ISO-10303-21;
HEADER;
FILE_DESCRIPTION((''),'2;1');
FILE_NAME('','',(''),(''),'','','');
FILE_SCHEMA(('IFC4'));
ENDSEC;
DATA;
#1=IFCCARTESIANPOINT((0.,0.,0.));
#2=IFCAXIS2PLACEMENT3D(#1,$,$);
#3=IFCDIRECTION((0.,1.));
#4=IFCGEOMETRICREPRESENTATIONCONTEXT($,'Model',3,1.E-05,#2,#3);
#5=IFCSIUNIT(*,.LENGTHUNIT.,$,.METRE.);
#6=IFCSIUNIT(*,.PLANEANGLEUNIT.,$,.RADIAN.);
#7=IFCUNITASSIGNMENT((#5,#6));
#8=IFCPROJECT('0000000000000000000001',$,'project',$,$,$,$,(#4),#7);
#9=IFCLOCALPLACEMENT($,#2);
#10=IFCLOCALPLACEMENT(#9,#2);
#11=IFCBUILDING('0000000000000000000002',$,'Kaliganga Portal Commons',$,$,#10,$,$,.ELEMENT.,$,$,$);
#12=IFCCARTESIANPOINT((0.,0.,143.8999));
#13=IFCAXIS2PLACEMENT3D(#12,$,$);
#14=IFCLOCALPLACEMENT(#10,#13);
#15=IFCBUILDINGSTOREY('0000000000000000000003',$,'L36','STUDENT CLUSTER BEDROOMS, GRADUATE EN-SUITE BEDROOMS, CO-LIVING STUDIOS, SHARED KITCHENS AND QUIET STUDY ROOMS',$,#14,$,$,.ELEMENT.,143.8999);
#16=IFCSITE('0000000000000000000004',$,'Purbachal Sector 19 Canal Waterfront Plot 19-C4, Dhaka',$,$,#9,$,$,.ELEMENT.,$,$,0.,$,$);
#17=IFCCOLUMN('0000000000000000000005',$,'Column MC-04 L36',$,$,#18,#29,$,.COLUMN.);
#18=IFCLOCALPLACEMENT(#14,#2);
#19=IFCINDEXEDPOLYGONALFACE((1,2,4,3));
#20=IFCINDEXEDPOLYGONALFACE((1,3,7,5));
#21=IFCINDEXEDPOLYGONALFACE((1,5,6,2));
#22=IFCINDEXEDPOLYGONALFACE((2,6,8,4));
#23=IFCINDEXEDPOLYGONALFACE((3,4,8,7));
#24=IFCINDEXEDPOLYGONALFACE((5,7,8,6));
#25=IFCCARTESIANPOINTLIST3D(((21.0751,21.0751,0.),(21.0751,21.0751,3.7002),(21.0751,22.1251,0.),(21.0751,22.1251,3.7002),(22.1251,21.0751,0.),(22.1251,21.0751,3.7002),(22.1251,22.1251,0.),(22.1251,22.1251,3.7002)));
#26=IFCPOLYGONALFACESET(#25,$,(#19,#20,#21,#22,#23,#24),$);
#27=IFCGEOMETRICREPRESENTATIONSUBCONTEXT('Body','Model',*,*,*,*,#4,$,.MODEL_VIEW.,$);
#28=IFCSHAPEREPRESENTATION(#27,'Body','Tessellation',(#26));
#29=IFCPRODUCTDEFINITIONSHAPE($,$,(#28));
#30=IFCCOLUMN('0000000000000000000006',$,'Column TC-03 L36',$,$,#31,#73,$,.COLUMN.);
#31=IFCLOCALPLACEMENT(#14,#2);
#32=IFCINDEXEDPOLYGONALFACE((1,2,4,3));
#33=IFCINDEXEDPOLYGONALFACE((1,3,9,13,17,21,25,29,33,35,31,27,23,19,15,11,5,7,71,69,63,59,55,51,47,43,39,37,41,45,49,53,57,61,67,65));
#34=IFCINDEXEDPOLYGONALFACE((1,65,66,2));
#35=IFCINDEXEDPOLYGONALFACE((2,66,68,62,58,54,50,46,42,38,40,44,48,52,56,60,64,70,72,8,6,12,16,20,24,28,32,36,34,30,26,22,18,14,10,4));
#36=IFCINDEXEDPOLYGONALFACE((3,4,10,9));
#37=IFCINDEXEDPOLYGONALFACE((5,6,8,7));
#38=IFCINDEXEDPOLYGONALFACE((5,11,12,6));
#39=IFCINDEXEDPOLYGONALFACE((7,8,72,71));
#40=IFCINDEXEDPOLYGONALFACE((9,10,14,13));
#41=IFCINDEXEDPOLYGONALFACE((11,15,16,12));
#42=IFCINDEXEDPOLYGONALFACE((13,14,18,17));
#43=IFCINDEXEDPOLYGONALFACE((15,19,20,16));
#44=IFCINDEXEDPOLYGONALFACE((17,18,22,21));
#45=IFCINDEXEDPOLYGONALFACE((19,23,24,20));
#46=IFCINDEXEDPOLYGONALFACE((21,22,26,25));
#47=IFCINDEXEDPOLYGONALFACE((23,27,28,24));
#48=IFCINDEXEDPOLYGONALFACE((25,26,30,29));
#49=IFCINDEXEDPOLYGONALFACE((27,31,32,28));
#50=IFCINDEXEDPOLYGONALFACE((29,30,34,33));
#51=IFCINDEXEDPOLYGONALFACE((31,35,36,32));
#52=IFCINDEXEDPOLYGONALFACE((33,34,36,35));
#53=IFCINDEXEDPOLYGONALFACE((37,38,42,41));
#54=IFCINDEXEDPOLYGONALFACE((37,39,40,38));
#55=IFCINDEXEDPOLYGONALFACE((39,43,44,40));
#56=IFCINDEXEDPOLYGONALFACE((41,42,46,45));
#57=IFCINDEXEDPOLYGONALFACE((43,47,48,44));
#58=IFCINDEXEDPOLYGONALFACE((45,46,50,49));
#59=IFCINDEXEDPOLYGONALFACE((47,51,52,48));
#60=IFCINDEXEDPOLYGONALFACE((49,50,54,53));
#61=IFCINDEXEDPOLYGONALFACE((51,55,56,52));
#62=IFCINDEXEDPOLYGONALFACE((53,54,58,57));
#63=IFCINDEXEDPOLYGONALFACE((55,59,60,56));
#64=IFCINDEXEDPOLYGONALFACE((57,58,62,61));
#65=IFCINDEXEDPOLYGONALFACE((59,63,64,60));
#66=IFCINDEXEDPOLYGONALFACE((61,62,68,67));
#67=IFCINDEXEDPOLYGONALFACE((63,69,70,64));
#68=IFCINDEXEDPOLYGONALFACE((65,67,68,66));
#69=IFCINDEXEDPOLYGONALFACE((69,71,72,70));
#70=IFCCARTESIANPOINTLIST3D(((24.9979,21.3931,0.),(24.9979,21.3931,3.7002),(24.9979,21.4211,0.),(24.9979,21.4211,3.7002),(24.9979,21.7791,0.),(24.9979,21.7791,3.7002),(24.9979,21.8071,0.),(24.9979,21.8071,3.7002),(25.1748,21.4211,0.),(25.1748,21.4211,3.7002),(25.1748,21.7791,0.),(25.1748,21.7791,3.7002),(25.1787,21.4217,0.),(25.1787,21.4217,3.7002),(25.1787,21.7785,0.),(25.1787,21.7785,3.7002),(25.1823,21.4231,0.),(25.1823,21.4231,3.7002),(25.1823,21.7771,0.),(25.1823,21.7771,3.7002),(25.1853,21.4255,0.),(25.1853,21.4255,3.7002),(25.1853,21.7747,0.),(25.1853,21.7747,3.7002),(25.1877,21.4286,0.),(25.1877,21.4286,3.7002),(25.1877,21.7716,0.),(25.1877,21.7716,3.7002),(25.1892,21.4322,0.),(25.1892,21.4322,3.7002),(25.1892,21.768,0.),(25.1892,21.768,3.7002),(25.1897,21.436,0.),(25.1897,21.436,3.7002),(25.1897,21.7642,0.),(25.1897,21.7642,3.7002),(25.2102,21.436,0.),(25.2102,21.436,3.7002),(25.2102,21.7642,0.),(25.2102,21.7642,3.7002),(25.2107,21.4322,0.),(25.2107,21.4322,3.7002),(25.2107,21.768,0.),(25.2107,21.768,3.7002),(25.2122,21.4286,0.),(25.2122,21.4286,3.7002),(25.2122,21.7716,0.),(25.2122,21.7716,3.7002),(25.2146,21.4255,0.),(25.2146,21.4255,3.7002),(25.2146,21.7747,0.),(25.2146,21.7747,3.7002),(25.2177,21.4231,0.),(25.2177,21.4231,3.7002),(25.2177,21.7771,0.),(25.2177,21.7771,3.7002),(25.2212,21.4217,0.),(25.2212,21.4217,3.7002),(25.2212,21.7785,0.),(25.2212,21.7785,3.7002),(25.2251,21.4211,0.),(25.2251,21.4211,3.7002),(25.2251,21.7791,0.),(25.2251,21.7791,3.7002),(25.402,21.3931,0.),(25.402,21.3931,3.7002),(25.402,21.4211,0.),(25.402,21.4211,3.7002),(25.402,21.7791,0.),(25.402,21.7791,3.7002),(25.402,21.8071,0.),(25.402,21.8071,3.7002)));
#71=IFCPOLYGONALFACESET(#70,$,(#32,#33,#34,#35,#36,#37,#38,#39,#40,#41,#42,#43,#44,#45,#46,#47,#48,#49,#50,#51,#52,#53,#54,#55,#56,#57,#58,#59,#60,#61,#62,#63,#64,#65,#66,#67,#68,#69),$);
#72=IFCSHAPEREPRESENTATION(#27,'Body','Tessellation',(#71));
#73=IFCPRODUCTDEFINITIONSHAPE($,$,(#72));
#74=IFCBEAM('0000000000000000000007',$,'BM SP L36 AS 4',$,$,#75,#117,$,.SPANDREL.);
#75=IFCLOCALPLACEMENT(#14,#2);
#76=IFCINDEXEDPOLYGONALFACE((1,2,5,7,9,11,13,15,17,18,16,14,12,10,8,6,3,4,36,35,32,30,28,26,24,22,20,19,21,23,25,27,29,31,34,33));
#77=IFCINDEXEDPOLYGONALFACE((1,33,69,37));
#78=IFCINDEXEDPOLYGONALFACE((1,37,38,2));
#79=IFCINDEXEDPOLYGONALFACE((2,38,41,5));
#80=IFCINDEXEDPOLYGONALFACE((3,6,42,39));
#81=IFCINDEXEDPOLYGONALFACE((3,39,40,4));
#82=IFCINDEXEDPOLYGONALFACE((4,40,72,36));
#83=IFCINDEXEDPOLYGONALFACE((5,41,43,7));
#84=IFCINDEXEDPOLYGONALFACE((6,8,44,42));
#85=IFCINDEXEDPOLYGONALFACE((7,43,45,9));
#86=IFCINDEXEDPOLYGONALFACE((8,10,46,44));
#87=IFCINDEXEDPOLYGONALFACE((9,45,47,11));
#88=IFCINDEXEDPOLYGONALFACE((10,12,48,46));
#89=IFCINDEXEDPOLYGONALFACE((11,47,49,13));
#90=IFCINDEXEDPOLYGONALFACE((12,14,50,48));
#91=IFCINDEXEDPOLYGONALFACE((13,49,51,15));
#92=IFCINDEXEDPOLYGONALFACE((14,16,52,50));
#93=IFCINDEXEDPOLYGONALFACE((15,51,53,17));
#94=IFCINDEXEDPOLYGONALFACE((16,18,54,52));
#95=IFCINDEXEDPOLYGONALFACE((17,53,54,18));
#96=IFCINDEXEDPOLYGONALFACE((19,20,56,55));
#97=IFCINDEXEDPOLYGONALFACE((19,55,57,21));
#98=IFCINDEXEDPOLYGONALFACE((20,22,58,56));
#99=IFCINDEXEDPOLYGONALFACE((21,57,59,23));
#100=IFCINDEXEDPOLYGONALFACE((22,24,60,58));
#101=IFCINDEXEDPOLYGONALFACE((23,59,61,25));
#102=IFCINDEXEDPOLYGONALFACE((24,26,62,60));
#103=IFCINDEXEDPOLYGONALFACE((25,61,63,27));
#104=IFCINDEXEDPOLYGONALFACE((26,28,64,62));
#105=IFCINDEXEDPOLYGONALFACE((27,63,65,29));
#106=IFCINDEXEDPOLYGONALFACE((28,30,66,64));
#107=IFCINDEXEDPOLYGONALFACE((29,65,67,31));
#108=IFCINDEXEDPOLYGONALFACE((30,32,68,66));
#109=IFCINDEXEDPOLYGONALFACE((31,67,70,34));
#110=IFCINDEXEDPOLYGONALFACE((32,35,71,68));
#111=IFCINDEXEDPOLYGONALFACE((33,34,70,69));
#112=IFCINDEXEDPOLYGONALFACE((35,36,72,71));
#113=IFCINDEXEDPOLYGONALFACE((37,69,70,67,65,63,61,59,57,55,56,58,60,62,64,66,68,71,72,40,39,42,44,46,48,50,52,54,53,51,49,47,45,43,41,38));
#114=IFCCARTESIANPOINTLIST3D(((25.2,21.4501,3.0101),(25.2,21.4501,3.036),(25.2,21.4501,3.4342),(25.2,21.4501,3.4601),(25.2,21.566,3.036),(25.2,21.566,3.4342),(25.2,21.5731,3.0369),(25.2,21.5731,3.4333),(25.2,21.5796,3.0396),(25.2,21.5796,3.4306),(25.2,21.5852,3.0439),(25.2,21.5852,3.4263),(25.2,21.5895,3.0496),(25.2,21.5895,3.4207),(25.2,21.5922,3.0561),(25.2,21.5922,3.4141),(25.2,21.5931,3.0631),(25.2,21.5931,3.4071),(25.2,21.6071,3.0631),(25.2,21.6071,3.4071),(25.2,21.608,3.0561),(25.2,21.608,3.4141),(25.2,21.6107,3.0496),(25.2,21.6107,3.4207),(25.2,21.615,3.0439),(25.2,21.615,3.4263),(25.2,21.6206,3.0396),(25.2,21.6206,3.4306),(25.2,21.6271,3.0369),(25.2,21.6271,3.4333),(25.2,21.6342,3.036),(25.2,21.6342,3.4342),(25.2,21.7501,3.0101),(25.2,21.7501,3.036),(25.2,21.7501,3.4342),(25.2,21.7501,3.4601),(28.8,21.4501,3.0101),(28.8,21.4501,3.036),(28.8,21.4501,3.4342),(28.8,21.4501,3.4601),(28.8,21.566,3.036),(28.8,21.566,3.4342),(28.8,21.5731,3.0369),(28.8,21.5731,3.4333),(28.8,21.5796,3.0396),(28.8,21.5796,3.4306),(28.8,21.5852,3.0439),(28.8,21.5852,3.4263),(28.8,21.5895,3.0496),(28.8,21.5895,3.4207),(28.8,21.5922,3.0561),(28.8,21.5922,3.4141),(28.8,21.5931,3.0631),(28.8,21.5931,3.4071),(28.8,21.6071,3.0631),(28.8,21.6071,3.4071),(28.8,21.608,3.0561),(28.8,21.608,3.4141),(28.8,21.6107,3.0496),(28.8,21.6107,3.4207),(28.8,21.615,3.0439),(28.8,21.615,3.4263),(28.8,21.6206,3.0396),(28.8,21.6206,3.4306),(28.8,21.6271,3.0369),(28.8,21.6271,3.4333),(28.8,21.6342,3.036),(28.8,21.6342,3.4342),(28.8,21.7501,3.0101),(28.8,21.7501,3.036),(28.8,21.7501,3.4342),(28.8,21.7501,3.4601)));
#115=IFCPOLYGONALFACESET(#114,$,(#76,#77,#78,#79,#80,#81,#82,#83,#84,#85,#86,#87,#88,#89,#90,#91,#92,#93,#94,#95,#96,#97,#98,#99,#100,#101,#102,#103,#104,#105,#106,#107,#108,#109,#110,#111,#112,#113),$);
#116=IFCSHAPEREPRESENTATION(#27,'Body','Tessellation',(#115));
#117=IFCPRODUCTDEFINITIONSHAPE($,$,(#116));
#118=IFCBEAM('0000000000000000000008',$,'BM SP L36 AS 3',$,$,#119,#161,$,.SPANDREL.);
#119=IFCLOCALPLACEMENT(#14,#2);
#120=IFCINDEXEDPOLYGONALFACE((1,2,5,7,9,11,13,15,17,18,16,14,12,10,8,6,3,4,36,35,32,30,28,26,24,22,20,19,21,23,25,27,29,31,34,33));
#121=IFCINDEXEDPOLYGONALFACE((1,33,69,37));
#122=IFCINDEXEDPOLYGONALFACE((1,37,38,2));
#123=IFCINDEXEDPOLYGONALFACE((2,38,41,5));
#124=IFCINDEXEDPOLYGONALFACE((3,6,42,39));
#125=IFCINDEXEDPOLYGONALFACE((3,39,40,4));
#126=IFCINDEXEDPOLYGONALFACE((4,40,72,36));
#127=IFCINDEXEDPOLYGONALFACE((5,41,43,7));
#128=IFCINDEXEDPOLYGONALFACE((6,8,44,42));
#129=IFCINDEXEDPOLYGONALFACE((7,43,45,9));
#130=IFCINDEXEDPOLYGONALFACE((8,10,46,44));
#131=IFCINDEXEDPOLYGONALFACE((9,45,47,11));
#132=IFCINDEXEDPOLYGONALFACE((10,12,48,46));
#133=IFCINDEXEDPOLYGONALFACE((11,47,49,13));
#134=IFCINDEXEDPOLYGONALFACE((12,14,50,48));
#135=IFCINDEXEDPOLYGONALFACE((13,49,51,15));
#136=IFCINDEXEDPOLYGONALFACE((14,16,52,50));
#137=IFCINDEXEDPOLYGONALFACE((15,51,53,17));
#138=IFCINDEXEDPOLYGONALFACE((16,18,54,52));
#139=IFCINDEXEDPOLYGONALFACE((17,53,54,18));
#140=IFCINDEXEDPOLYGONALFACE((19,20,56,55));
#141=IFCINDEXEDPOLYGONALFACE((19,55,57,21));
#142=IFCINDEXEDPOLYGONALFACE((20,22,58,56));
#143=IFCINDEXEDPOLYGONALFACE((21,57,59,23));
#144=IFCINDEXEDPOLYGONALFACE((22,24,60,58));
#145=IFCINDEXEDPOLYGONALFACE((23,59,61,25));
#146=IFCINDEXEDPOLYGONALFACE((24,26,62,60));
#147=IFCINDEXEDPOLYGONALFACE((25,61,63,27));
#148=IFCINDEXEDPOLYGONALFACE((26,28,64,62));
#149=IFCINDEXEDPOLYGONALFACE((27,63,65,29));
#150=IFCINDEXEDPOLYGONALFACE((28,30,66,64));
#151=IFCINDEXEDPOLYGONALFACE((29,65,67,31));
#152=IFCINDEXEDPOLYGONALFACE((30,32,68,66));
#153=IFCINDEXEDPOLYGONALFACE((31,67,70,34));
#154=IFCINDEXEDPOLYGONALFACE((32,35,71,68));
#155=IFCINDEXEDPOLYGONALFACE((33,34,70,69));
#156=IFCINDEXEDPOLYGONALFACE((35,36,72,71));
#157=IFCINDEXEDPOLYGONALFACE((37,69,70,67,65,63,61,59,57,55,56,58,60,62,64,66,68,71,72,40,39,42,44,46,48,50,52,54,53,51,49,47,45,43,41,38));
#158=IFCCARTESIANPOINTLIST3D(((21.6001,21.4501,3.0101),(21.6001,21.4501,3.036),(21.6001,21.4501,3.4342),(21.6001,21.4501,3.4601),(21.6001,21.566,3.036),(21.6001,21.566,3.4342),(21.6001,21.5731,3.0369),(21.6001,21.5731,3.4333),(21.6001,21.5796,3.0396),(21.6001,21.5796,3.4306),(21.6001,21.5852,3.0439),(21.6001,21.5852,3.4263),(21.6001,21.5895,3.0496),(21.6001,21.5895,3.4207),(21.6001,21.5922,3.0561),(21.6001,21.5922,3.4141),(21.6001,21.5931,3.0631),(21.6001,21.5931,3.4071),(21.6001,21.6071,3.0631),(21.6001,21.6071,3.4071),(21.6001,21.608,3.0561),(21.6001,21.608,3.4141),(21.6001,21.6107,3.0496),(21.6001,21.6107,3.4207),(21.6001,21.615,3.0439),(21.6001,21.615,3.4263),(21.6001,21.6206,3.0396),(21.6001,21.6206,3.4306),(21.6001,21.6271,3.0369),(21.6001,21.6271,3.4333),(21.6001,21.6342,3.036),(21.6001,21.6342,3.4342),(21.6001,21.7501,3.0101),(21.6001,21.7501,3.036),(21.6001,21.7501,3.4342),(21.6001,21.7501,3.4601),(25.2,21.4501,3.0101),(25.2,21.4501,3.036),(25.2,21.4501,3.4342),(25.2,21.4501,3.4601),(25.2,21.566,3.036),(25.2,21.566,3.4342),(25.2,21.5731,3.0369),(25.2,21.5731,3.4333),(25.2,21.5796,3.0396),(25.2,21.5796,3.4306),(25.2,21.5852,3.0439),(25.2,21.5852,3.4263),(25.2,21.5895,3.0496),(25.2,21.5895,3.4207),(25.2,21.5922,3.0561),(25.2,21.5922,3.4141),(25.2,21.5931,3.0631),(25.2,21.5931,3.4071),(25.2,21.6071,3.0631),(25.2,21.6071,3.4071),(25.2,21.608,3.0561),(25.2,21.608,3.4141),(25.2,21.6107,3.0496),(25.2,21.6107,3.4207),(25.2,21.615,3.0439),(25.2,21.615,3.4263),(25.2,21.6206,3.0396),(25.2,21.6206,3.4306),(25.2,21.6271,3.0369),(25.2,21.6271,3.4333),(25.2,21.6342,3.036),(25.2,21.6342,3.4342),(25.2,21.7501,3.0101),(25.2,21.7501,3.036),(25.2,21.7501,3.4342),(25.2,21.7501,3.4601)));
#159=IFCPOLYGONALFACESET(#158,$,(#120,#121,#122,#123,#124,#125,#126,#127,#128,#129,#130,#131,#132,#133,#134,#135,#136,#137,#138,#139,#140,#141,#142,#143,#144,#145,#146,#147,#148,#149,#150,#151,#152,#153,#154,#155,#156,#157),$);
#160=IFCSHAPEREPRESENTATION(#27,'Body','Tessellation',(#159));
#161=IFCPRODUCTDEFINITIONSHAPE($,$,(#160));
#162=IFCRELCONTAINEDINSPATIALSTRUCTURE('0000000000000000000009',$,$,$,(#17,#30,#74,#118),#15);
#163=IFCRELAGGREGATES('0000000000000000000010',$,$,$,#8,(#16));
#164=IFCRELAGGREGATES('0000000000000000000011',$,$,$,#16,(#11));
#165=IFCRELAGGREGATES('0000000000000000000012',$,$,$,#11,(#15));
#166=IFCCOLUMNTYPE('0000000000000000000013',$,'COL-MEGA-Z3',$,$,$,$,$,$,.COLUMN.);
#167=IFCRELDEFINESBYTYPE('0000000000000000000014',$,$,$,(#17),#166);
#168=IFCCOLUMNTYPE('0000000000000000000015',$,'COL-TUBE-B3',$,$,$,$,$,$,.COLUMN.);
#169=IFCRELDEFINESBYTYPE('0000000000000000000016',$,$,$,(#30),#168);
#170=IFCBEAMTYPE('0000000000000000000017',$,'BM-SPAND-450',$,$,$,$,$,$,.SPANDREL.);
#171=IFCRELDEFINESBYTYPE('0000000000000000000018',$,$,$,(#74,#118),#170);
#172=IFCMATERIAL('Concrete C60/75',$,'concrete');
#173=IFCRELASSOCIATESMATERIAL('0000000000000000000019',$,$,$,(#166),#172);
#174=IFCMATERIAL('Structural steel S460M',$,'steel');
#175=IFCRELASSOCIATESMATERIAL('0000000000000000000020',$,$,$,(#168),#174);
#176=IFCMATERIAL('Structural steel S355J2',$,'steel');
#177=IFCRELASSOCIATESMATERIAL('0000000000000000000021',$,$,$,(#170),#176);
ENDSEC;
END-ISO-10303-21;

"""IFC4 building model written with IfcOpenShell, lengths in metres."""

from ifc_helpers import new_model, si_unit, direction, frame, origin, origin_2d, place, context, subcontext, project, spatial, rectangle, i_section, extrude, source, transform, mapped, material, material_profile, profile_set, type_object, element, save


model = new_model("IFC4")

# Units and contexts
model_context = context("Model", 3, precision=1e-05, world=origin(), true_north=direction((0.0, 1.0)))
body_context = subcontext(model_context, "Body", "Model", "MODEL_VIEW")
ifc_project = project(units=[si_unit("LENGTHUNIT", "METRE"), si_unit("PLANEANGLEUNIT", "RADIAN")], contexts=[model_context])

# Site, building, storey
site_placement = place(None, origin())
site = spatial("IfcSite", under=ifc_project, at=site_placement, Name="Purbachal Sector 19 Canal Waterfront Plot 19-C4, Dhaka", CompositionType="ELEMENT", RefElevation=0.0)
building_placement = place(site_placement, origin())
building = spatial("IfcBuilding", under=site, at=building_placement, Name="Kaliganga Portal Commons", CompositionType="ELEMENT")
storey_placement = place(building_placement, frame((0.0, 0.0, 143.8999)))
storey = spatial("IfcBuildingStorey", under=building, at=storey_placement, Name="L36", Description="STUDENT CLUSTER BEDROOMS, GRADUATE EN-SUITE BEDROOMS, CO-LIVING STUDIOS, SHARED KITCHENS AND QUIET STUDY ROOMS", CompositionType="ELEMENT", Elevation=143.8999)

# Columns
ifc_material_1 = material(Name="Concrete C60/75", Category="concrete")
ifc_material_profile_1 = material_profile(ifc_material_1, rectangle(XDim=1.05, YDim=1.05, at=origin_2d()), Name="RC 1050x1050")
ifc_profile_set_1 = profile_set([ifc_material_profile_1], Name="Concrete C60/75")
column_type_1 = type_object("IfcColumnType", Name="COL-MEGA-Z3", PredefinedType="COLUMN", material=ifc_profile_set_1)
shared_shape_1 = source(origin(), body_context, "Body", "SweptSolid", [
    extrude(rectangle(XDim=1.05, YDim=1.05, at=origin_2d()), origin(), (0.0, 0.0, 1.0), 3.7002),
])
column_1_placement = place(storey_placement, frame((21.6001, 21.6001, 0.0), z_axis=(0.0, 0.0, 1.0), x_axis=(1.0, 0.0, 0.0)))
element("IfcColumn", 1, at=column_1_placement, inside=storey, type_object=column_type_1, Name="Column MC-04 L36", PredefinedType="COLUMN", context=body_context, shape_type="MappedRepresentation", body=[
    mapped(shared_shape_1, transform((0.0, 0.0, 0.0), x_axis=(1.0, 0.0, 0.0), y_axis=(0.0, 1.0, 0.0), z_axis=(0.0, 0.0, 1.0), scale=1.0)),
])
ifc_material_2 = material(Name="Structural steel S460M", Category="steel")
ifc_material_profile_2 = material_profile(ifc_material_2, i_section(OverallWidth=0.4041, OverallDepth=0.4141, WebThickness=0.0205, FlangeThickness=0.0281, FilletRadius=0.0149, at=origin_2d()), Name="HD 400x347")
ifc_profile_set_2 = profile_set([ifc_material_profile_2], Name="Structural steel S460M wide-flange")
column_type_2 = type_object("IfcColumnType", Name="COL-TUBE-B3", PredefinedType="COLUMN", material=ifc_profile_set_2)
shared_shape_2 = source(origin(), body_context, "Body", "SweptSolid", [
    extrude(i_section(OverallWidth=0.4041, OverallDepth=0.4141, WebThickness=0.0205, FlangeThickness=0.0281, FilletRadius=0.0149, at=origin_2d()), origin(), (0.0, 0.0, 1.0), 3.7002),
])
column_2_placement = place(storey_placement, frame((25.2, 21.6001, 0.0), z_axis=(0.0, 0.0, 1.0), x_axis=(1.0, 0.0, 0.0)))
element("IfcColumn", 2, at=column_2_placement, inside=storey, type_object=column_type_2, Name="Column TC-03 L36", PredefinedType="COLUMN", context=body_context, shape_type="MappedRepresentation", body=[
    mapped(shared_shape_2, transform((0.0, 0.0, 0.0), x_axis=(1.0, 0.0, 0.0), y_axis=(0.0, 1.0, 0.0), z_axis=(0.0, 0.0, 1.0), scale=1.0)),
])

# Beams
ifc_material_3 = material(Name="Structural steel S355J2", Category="steel")
ifc_material_profile_3 = material_profile(ifc_material_3, i_section(OverallWidth=0.3, OverallDepth=0.45, WebThickness=0.0139, FlangeThickness=0.0259, FilletRadius=0.0271, at=origin_2d()), Name="HE 450 B")
ifc_profile_set_3 = profile_set([ifc_material_profile_3], Name="Structural steel S355J2 wide-flange")
beam_type_1 = type_object("IfcBeamType", Name="BM-SPAND-450", PredefinedType="SPANDREL", material=ifc_profile_set_3)
shared_shape_3 = source(origin(), body_context, "Body", "SweptSolid", [
    extrude(i_section(OverallWidth=0.3, OverallDepth=0.45, WebThickness=0.0139, FlangeThickness=0.0259, FilletRadius=0.0271, at=origin_2d()), origin(), (0.0, 0.0, 1.0), 3.6001),
])
beam_1_placement = place(storey_placement, frame((25.2, 21.6001, 3.2351), z_axis=(1.0, 0.0, 0.0), x_axis=(0.0, 1.0, 0.0)))
element("IfcBeam", 3, at=beam_1_placement, inside=storey, type_object=beam_type_1, Name="BM SP L36 AS 4", PredefinedType="SPANDREL", context=body_context, shape_type="MappedRepresentation", body=[
    mapped(shared_shape_3, transform((0.0, 0.0, 0.0), x_axis=(1.0, 0.0, 0.0), y_axis=(0.0, 1.0, 0.0), z_axis=(0.0, 0.0, 1.0), scale=1.0)),
])
shared_shape_4 = source(origin(), body_context, "Body", "SweptSolid", [
    extrude(i_section(OverallWidth=0.3, OverallDepth=0.45, WebThickness=0.0139, FlangeThickness=0.0259, FilletRadius=0.0271, at=origin_2d()), origin(), (0.0, 0.0, 1.0), 3.5999),
])
beam_2_placement = place(storey_placement, frame((21.6001, 21.6001, 3.2351), z_axis=(1.0, 0.0, 0.0), x_axis=(0.0, 1.0, 0.0)))
element("IfcBeam", 4, at=beam_2_placement, inside=storey, type_object=beam_type_1, Name="BM SP L36 AS 3", PredefinedType="SPANDREL", context=body_context, shape_type="MappedRepresentation", body=[
    mapped(shared_shape_4, transform((0.0, 0.0, 0.0), x_axis=(1.0, 0.0, 0.0), y_axis=(0.0, 1.0, 0.0), z_axis=(0.0, 0.0, 1.0), scale=1.0)),
])

save(model, "model.ifc")
